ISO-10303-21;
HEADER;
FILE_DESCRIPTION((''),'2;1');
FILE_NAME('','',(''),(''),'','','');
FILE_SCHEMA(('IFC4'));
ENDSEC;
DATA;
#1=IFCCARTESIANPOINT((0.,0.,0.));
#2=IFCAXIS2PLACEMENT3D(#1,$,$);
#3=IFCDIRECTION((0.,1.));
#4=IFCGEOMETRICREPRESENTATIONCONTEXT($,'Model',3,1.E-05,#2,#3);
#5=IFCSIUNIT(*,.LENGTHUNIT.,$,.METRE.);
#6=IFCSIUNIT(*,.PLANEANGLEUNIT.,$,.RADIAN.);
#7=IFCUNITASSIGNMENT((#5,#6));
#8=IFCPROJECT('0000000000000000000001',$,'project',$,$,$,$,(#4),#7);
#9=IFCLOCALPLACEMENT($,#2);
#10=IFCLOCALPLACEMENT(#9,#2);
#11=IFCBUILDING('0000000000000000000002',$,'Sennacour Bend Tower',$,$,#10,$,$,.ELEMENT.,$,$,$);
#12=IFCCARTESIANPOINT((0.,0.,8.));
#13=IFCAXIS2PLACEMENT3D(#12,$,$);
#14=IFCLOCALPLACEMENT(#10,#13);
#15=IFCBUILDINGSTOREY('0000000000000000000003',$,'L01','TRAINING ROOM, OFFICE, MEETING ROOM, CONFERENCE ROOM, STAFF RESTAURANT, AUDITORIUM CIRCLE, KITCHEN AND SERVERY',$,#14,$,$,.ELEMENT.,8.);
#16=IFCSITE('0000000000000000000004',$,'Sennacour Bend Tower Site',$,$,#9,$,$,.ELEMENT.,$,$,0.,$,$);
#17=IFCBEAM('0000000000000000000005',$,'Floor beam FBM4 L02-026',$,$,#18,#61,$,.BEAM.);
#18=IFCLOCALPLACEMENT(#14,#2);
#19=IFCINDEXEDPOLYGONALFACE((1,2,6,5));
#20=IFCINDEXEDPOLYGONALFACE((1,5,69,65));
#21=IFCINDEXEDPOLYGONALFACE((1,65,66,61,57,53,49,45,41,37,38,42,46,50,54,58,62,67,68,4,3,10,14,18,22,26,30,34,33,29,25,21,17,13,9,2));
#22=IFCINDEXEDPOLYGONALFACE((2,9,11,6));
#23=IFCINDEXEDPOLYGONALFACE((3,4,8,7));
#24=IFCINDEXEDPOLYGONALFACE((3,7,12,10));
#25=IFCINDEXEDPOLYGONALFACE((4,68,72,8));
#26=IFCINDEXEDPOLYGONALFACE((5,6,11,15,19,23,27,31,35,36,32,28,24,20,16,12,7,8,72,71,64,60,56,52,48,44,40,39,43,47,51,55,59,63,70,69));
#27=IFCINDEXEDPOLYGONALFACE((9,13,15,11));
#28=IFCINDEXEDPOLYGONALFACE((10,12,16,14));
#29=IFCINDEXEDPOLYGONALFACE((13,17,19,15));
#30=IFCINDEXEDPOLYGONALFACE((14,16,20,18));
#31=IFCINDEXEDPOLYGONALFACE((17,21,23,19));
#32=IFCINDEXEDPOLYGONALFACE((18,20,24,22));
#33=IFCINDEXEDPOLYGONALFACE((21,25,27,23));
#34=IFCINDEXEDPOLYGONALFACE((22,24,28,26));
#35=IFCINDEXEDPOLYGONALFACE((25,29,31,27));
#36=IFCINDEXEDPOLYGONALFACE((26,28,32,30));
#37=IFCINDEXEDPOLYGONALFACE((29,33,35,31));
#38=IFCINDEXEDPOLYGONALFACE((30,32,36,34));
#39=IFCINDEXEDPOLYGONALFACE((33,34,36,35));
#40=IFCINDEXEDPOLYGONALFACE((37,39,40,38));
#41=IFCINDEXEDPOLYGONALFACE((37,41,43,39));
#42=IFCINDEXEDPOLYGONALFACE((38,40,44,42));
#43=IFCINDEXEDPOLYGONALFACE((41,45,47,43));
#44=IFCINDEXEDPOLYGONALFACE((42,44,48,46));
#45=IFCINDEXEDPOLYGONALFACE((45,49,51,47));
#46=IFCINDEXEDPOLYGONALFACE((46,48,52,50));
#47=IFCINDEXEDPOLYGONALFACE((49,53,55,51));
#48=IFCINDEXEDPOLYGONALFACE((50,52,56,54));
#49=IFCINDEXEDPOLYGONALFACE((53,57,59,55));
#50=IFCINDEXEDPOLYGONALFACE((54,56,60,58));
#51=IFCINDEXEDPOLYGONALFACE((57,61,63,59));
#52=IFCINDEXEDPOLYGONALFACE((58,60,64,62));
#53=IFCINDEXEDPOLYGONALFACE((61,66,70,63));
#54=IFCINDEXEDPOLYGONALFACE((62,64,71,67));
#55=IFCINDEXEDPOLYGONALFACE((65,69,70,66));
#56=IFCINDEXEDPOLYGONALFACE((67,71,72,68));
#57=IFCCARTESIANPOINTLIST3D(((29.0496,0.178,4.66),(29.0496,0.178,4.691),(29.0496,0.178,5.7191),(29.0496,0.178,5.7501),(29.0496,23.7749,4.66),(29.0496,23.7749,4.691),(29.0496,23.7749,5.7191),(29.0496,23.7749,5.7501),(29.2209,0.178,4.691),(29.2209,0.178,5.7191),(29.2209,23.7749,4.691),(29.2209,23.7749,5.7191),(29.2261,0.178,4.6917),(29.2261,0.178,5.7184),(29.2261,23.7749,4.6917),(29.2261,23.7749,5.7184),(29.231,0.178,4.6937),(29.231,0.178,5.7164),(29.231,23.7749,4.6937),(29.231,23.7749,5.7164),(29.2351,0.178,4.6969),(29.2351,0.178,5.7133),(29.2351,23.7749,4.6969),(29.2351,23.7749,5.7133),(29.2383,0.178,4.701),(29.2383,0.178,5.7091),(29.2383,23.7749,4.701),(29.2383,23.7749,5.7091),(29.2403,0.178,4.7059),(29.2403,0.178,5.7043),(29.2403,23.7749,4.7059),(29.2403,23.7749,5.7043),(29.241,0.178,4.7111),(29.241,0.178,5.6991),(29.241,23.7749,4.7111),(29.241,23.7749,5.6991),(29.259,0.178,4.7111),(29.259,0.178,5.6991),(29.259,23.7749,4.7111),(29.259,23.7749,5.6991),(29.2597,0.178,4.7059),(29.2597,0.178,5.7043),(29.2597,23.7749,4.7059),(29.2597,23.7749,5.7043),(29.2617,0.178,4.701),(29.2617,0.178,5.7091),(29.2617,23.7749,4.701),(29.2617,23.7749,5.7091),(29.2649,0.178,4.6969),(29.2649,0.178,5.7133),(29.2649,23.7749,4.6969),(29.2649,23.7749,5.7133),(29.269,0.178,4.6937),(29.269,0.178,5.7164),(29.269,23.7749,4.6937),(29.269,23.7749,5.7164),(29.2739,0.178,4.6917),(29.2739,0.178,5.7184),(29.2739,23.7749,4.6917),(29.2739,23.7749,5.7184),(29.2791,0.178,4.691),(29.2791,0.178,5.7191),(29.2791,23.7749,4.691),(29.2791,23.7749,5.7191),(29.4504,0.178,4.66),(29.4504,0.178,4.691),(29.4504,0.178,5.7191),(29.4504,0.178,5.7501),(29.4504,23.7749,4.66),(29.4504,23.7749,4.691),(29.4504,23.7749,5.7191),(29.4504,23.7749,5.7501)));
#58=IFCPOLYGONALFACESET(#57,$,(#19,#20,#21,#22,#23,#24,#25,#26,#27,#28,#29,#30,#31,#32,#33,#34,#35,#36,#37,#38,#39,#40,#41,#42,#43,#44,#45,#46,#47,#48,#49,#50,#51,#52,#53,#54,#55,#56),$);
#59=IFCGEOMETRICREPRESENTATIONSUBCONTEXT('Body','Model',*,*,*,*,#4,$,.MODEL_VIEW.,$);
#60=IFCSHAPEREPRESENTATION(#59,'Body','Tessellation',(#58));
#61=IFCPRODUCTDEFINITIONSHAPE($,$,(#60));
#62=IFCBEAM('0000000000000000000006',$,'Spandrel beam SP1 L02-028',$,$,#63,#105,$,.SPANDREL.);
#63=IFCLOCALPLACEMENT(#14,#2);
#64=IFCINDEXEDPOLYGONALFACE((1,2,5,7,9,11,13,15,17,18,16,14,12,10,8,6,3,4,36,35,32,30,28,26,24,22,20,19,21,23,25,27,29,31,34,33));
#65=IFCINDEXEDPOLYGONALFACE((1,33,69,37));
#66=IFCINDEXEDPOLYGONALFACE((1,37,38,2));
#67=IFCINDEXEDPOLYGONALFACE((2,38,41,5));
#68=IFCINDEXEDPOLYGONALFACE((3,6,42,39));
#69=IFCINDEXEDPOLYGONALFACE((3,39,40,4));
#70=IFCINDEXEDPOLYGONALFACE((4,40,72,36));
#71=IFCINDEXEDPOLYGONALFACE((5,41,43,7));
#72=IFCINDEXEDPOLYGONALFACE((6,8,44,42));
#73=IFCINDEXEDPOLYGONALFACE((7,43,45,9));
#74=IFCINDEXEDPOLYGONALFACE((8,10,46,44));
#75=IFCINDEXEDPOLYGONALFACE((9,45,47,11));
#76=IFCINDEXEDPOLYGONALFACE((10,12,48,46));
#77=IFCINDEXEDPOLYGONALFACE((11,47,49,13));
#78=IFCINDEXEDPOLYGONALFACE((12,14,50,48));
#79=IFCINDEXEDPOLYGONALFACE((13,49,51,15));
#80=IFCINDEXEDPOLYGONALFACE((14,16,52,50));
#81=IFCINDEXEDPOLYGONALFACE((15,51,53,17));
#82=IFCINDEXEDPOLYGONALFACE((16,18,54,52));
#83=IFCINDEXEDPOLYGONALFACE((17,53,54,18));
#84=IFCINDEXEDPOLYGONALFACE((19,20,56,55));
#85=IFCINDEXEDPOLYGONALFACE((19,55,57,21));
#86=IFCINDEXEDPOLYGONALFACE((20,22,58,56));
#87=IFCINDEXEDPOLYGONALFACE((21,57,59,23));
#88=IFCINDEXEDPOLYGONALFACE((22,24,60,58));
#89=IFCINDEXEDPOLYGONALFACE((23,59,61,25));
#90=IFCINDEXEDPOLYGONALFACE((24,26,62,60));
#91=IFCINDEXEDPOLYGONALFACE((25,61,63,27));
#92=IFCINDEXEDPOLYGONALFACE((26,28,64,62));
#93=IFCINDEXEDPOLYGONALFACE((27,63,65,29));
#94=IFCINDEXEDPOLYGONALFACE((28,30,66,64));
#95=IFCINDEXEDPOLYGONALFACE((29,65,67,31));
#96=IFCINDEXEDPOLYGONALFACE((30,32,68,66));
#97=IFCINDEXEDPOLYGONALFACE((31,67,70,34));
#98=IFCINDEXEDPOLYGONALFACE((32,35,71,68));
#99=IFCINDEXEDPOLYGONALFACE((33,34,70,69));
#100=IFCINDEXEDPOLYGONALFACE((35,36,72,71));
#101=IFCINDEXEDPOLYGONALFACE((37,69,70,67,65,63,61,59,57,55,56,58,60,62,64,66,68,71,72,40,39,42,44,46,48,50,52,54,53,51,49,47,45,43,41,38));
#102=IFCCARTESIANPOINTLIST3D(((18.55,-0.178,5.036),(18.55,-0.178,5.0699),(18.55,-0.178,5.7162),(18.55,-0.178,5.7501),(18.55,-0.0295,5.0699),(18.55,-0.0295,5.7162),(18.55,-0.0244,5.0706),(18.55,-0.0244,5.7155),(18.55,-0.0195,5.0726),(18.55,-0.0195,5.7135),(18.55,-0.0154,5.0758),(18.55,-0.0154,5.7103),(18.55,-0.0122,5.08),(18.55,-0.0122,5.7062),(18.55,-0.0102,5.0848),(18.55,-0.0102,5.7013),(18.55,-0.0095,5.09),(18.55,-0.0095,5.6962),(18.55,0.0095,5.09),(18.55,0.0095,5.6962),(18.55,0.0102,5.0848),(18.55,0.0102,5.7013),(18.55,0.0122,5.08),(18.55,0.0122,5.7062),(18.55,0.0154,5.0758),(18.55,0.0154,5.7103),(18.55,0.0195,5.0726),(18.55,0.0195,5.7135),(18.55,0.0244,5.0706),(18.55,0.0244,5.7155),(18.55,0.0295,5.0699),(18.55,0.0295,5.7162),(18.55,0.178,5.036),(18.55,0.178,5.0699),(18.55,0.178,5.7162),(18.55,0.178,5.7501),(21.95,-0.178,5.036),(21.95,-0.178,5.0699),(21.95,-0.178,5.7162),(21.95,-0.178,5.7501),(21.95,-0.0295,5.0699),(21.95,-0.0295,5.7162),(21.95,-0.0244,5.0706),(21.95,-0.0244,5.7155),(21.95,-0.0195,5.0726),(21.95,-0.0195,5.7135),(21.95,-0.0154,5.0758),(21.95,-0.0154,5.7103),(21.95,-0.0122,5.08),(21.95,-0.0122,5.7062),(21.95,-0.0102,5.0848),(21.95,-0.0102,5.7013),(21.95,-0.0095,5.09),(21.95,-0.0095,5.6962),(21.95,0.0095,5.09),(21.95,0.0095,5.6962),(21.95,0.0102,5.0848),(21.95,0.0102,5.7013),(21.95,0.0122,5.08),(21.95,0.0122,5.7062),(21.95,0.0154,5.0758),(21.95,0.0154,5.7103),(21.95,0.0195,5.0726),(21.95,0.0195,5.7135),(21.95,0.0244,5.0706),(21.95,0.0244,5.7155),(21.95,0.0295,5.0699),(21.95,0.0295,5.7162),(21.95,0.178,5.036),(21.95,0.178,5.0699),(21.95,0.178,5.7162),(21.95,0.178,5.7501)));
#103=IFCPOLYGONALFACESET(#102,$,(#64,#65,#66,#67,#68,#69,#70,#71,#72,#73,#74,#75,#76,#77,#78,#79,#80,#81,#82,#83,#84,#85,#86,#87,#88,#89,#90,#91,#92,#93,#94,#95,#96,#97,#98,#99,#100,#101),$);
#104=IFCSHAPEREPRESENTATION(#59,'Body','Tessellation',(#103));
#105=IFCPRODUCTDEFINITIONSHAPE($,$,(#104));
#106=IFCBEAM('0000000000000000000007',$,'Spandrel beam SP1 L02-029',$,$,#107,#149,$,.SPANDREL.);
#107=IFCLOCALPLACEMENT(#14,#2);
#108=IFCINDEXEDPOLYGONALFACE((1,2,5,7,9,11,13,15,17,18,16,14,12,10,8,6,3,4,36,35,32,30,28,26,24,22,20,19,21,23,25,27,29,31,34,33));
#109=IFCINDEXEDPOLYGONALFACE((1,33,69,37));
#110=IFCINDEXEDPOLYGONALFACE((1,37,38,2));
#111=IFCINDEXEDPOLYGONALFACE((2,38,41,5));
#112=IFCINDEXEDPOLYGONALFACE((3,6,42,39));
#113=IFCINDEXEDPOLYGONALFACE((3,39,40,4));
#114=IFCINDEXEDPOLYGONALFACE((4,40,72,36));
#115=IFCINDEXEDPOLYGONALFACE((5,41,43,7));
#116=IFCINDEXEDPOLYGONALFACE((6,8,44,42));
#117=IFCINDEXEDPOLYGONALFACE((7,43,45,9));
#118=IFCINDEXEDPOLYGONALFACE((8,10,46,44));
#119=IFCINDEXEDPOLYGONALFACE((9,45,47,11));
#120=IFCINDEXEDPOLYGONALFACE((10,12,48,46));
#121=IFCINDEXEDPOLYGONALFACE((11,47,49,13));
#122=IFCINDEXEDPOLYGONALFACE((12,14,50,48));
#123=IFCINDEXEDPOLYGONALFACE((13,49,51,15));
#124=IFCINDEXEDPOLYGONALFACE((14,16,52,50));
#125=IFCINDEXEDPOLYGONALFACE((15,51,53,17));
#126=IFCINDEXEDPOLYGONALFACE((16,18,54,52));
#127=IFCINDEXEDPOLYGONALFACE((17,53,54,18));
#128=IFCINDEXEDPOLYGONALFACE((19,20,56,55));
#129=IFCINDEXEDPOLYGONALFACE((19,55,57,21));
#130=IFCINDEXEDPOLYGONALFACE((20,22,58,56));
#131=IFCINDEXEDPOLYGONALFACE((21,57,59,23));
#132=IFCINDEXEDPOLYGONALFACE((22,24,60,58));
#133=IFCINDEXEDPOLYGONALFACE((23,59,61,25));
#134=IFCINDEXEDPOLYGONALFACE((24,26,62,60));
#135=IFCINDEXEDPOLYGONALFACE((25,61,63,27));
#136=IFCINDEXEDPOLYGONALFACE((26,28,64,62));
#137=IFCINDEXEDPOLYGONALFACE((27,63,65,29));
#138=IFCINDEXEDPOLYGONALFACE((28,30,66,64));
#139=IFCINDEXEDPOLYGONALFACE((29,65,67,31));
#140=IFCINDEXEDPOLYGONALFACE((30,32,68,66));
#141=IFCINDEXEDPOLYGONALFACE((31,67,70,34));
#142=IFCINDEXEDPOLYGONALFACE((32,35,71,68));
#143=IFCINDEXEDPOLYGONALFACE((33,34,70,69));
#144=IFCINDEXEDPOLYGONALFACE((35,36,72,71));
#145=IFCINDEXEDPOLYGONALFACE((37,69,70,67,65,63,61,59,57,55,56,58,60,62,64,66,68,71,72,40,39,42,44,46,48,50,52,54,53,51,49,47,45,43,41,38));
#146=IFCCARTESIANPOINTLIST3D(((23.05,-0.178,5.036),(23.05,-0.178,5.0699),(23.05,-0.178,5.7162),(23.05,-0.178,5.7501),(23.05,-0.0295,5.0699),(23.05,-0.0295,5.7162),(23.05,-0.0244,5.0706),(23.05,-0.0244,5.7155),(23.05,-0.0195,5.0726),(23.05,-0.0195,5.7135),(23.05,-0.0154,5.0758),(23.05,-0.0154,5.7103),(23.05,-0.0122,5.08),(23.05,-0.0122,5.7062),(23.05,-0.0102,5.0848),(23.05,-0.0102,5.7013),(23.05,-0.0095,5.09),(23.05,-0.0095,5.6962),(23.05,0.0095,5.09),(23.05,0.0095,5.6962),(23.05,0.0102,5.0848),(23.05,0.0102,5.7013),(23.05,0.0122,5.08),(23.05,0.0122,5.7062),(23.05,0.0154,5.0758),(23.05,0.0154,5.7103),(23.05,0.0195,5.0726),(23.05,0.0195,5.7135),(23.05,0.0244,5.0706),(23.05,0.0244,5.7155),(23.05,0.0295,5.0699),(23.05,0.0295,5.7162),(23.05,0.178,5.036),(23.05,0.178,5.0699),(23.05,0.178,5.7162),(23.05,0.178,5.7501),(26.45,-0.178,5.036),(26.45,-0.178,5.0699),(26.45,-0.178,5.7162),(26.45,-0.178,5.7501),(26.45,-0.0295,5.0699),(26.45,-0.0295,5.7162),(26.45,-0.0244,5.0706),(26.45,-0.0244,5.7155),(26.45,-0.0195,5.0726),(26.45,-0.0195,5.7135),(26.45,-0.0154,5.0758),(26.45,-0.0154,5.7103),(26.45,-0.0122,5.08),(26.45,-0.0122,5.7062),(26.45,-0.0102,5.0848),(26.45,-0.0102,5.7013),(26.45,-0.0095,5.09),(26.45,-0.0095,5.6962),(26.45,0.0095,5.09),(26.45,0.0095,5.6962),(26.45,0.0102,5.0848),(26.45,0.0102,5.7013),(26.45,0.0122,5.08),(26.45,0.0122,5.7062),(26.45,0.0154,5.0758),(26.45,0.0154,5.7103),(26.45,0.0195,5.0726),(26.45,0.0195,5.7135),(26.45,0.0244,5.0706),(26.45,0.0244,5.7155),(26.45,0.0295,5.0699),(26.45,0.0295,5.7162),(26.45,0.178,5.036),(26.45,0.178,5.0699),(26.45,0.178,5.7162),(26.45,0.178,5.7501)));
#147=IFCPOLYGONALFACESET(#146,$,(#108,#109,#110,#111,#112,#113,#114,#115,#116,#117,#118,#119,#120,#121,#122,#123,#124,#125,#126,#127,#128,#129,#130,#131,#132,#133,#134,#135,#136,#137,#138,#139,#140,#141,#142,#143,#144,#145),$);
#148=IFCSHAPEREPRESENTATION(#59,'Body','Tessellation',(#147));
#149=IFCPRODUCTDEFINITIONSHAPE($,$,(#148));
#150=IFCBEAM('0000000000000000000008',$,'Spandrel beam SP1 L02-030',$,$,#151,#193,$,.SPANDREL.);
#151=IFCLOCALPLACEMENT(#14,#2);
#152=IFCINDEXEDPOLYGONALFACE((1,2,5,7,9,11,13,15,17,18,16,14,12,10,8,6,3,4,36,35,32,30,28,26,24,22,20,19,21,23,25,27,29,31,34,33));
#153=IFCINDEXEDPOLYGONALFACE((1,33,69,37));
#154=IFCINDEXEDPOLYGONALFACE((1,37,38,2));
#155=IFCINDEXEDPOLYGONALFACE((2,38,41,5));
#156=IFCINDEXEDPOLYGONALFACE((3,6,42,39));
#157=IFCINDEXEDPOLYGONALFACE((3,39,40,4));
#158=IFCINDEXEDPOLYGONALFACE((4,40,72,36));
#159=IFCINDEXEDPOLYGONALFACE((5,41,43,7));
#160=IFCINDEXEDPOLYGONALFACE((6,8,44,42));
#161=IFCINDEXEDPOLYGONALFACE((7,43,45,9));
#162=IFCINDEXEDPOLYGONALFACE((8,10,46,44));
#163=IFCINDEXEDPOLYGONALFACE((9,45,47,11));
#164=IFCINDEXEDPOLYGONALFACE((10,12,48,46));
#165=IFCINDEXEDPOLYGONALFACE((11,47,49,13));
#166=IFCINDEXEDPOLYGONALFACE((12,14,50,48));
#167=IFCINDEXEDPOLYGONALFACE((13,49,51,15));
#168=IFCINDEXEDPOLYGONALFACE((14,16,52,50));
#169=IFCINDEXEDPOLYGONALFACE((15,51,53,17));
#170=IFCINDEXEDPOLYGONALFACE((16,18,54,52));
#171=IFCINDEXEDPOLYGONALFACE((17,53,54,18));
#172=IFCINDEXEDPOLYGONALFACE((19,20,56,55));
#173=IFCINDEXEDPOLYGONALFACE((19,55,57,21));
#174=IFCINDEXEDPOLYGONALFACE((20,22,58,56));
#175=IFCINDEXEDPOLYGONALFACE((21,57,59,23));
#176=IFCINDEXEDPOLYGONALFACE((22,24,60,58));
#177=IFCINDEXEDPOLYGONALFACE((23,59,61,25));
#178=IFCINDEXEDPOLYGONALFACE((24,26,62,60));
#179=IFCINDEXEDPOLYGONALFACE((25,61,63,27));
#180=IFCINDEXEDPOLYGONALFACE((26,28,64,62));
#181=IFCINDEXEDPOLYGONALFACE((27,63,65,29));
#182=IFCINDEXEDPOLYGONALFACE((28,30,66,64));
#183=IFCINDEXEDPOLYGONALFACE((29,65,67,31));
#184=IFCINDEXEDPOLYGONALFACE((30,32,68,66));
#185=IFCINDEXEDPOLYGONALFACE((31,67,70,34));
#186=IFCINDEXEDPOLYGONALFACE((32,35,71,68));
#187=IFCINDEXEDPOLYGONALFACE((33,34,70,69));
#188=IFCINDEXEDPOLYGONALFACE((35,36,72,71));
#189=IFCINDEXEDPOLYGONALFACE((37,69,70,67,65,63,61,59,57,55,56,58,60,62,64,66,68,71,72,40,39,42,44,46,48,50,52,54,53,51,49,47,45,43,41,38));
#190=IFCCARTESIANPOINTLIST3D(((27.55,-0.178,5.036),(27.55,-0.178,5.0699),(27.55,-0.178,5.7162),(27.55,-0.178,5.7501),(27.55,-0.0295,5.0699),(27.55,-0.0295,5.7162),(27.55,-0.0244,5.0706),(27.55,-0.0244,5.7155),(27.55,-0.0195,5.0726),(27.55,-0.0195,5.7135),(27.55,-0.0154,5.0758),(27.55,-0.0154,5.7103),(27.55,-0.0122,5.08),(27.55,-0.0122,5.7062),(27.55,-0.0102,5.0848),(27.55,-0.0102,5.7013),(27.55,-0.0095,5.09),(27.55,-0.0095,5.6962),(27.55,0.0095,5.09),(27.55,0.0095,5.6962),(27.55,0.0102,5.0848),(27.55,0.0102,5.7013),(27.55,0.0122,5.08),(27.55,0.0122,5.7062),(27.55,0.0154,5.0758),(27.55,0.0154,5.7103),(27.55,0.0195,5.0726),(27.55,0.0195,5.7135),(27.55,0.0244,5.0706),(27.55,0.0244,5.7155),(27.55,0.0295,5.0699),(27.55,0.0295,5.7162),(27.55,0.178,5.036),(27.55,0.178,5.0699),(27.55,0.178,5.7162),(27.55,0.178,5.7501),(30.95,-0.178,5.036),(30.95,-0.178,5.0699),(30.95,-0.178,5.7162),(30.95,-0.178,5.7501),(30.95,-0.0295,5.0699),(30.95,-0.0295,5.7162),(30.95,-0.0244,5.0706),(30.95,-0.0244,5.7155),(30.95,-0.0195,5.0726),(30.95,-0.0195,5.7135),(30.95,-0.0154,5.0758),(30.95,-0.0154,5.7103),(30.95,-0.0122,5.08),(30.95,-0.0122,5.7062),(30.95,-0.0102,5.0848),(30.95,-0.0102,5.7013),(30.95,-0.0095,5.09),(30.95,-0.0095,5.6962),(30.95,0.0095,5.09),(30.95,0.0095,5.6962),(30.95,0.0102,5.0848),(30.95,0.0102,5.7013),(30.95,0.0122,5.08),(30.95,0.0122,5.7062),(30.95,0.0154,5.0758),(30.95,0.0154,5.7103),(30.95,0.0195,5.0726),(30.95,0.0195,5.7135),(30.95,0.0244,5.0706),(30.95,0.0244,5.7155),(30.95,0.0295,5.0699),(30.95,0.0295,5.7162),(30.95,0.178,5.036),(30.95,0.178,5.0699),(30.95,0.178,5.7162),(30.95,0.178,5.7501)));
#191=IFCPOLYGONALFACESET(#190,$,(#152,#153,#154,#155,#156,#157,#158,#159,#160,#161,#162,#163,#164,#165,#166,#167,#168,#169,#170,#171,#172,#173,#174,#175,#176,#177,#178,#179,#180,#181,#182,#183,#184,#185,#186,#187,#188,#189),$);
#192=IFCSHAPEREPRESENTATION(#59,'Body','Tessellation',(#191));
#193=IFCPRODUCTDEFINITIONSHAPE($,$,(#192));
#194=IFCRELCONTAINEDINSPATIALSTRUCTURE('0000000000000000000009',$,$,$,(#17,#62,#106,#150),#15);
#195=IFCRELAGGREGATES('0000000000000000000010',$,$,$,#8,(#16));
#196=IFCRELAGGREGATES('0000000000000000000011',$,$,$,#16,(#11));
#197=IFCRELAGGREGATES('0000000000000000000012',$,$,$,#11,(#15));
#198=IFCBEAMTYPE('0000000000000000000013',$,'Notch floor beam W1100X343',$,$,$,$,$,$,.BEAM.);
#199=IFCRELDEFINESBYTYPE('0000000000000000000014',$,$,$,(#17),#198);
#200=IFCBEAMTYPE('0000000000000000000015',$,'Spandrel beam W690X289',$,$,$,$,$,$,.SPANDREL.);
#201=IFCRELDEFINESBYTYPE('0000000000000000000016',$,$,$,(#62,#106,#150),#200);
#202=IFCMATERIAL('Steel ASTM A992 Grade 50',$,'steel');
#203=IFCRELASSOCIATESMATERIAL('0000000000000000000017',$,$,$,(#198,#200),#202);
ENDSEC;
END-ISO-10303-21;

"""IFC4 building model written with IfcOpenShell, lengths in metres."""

from ifc_helpers import new_model, si_unit, direction, frame, origin, origin_2d, place, context, subcontext, project, spatial, i_section, extrude, material, material_profile, profile_set, type_object, element, save


model = new_model("IFC4")

# Units and contexts
model_context = context("Model", 3, precision=1e-05, world=origin(), true_north=direction((0.0, 1.0)))
body_context = subcontext(model_context, "Body", "Model", "MODEL_VIEW")
ifc_project = project(units=[si_unit("LENGTHUNIT", "METRE"), si_unit("PLANEANGLEUNIT", "RADIAN")], contexts=[model_context])

# Site, building, storey
site_placement = place(None, origin())
site = spatial("IfcSite", under=ifc_project, at=site_placement, Name="Sennacour Bend Tower Site", CompositionType="ELEMENT", RefElevation=0.0)
building_placement = place(site_placement, origin())
building = spatial("IfcBuilding", under=site, at=building_placement, Name="Sennacour Bend Tower", CompositionType="ELEMENT")
storey_placement = place(building_placement, frame((0.0, 0.0, 8.0)))
storey = spatial("IfcBuildingStorey", under=building, at=storey_placement, Name="L01", Description="TRAINING ROOM, OFFICE, MEETING ROOM, CONFERENCE ROOM, STAFF RESTAURANT, AUDITORIUM CIRCLE, KITCHEN AND SERVERY", CompositionType="ELEMENT", Elevation=8.0)

# Beams
ifc_material_1 = material(Name="Steel ASTM A992 Grade 50", Category="steel")
ifc_material_profile_1 = material_profile(ifc_material_1, i_section(OverallWidth=0.4009, OverallDepth=1.0901, WebThickness=0.0181, FlangeThickness=0.031, FilletRadius=0.02, at=origin_2d()), Name="Steel ASTM A992 Grade 50", Category="steel")
ifc_profile_set_1 = profile_set([ifc_material_profile_1], Name="Steel ASTM A992 Grade 50")
beam_type_1 = type_object("IfcBeamType", Name="Notch floor beam W1100X343", PredefinedType="BEAM", material=ifc_profile_set_1)
beam_1_placement = place(storey_placement, frame((29.25, 0.178, 5.2051), z_axis=(0.0, 1.0, 0.0), x_axis=(-1.0, 0.0, 0.0)))
element("IfcBeam", 1, at=beam_1_placement, inside=storey, type_object=beam_type_1, Name="Floor beam FBM4 L02-026", PredefinedType="BEAM", context=body_context, shape_type="SweptSolid", body=[
    extrude(i_section(OverallWidth=0.4009, OverallDepth=1.0901, WebThickness=0.0181, FlangeThickness=0.031, FilletRadius=0.02, at=origin_2d()), origin(), (0.0, 0.0, 1.0), 23.5969),
])
ifc_material_profile_2 = material_profile(ifc_material_1, i_section(OverallWidth=0.356, OverallDepth=0.7141, WebThickness=0.019, FlangeThickness=0.0339, FilletRadius=0.02, at=origin_2d()), Name="Steel ASTM A992 Grade 50", Category="steel")
ifc_profile_set_2 = profile_set([ifc_material_profile_2], Name="Steel ASTM A992 Grade 50")
beam_type_2 = type_object("IfcBeamType", Name="Spandrel beam W690X289", PredefinedType="SPANDREL", material=ifc_profile_set_2)
for number, where, z_axis, x_axis, name in (
    (2, (18.55, 0.0, 5.3931), (1.0, 0.0, 0.0), (0.0, 1.0, 0.0), "Spandrel beam SP1 L02-028"),
    (3, (23.05, 0.0, 5.3931), (1.0, 0.0, 0.0), (0.0, 1.0, 0.0), "Spandrel beam SP1 L02-029"),
    (4, (27.55, 0.0, 5.3931), (1.0, 0.0, 0.0), (0.0, 1.0, 0.0), "Spandrel beam SP1 L02-030"),
):
    element("IfcBeam", number, at=place(storey_placement, frame(where, z_axis=z_axis, x_axis=x_axis)), inside=storey, type_object=beam_type_2, Name=name, PredefinedType="SPANDREL", context=body_context, shape_type="SweptSolid", body=[
        extrude(i_section(OverallWidth=0.356, OverallDepth=0.7141, WebThickness=0.019, FlangeThickness=0.0339, FilletRadius=0.02, at=origin_2d()), origin(), (0.0, 0.0, 1.0), 3.3999),
    ])

save(model, "model.ifc")
